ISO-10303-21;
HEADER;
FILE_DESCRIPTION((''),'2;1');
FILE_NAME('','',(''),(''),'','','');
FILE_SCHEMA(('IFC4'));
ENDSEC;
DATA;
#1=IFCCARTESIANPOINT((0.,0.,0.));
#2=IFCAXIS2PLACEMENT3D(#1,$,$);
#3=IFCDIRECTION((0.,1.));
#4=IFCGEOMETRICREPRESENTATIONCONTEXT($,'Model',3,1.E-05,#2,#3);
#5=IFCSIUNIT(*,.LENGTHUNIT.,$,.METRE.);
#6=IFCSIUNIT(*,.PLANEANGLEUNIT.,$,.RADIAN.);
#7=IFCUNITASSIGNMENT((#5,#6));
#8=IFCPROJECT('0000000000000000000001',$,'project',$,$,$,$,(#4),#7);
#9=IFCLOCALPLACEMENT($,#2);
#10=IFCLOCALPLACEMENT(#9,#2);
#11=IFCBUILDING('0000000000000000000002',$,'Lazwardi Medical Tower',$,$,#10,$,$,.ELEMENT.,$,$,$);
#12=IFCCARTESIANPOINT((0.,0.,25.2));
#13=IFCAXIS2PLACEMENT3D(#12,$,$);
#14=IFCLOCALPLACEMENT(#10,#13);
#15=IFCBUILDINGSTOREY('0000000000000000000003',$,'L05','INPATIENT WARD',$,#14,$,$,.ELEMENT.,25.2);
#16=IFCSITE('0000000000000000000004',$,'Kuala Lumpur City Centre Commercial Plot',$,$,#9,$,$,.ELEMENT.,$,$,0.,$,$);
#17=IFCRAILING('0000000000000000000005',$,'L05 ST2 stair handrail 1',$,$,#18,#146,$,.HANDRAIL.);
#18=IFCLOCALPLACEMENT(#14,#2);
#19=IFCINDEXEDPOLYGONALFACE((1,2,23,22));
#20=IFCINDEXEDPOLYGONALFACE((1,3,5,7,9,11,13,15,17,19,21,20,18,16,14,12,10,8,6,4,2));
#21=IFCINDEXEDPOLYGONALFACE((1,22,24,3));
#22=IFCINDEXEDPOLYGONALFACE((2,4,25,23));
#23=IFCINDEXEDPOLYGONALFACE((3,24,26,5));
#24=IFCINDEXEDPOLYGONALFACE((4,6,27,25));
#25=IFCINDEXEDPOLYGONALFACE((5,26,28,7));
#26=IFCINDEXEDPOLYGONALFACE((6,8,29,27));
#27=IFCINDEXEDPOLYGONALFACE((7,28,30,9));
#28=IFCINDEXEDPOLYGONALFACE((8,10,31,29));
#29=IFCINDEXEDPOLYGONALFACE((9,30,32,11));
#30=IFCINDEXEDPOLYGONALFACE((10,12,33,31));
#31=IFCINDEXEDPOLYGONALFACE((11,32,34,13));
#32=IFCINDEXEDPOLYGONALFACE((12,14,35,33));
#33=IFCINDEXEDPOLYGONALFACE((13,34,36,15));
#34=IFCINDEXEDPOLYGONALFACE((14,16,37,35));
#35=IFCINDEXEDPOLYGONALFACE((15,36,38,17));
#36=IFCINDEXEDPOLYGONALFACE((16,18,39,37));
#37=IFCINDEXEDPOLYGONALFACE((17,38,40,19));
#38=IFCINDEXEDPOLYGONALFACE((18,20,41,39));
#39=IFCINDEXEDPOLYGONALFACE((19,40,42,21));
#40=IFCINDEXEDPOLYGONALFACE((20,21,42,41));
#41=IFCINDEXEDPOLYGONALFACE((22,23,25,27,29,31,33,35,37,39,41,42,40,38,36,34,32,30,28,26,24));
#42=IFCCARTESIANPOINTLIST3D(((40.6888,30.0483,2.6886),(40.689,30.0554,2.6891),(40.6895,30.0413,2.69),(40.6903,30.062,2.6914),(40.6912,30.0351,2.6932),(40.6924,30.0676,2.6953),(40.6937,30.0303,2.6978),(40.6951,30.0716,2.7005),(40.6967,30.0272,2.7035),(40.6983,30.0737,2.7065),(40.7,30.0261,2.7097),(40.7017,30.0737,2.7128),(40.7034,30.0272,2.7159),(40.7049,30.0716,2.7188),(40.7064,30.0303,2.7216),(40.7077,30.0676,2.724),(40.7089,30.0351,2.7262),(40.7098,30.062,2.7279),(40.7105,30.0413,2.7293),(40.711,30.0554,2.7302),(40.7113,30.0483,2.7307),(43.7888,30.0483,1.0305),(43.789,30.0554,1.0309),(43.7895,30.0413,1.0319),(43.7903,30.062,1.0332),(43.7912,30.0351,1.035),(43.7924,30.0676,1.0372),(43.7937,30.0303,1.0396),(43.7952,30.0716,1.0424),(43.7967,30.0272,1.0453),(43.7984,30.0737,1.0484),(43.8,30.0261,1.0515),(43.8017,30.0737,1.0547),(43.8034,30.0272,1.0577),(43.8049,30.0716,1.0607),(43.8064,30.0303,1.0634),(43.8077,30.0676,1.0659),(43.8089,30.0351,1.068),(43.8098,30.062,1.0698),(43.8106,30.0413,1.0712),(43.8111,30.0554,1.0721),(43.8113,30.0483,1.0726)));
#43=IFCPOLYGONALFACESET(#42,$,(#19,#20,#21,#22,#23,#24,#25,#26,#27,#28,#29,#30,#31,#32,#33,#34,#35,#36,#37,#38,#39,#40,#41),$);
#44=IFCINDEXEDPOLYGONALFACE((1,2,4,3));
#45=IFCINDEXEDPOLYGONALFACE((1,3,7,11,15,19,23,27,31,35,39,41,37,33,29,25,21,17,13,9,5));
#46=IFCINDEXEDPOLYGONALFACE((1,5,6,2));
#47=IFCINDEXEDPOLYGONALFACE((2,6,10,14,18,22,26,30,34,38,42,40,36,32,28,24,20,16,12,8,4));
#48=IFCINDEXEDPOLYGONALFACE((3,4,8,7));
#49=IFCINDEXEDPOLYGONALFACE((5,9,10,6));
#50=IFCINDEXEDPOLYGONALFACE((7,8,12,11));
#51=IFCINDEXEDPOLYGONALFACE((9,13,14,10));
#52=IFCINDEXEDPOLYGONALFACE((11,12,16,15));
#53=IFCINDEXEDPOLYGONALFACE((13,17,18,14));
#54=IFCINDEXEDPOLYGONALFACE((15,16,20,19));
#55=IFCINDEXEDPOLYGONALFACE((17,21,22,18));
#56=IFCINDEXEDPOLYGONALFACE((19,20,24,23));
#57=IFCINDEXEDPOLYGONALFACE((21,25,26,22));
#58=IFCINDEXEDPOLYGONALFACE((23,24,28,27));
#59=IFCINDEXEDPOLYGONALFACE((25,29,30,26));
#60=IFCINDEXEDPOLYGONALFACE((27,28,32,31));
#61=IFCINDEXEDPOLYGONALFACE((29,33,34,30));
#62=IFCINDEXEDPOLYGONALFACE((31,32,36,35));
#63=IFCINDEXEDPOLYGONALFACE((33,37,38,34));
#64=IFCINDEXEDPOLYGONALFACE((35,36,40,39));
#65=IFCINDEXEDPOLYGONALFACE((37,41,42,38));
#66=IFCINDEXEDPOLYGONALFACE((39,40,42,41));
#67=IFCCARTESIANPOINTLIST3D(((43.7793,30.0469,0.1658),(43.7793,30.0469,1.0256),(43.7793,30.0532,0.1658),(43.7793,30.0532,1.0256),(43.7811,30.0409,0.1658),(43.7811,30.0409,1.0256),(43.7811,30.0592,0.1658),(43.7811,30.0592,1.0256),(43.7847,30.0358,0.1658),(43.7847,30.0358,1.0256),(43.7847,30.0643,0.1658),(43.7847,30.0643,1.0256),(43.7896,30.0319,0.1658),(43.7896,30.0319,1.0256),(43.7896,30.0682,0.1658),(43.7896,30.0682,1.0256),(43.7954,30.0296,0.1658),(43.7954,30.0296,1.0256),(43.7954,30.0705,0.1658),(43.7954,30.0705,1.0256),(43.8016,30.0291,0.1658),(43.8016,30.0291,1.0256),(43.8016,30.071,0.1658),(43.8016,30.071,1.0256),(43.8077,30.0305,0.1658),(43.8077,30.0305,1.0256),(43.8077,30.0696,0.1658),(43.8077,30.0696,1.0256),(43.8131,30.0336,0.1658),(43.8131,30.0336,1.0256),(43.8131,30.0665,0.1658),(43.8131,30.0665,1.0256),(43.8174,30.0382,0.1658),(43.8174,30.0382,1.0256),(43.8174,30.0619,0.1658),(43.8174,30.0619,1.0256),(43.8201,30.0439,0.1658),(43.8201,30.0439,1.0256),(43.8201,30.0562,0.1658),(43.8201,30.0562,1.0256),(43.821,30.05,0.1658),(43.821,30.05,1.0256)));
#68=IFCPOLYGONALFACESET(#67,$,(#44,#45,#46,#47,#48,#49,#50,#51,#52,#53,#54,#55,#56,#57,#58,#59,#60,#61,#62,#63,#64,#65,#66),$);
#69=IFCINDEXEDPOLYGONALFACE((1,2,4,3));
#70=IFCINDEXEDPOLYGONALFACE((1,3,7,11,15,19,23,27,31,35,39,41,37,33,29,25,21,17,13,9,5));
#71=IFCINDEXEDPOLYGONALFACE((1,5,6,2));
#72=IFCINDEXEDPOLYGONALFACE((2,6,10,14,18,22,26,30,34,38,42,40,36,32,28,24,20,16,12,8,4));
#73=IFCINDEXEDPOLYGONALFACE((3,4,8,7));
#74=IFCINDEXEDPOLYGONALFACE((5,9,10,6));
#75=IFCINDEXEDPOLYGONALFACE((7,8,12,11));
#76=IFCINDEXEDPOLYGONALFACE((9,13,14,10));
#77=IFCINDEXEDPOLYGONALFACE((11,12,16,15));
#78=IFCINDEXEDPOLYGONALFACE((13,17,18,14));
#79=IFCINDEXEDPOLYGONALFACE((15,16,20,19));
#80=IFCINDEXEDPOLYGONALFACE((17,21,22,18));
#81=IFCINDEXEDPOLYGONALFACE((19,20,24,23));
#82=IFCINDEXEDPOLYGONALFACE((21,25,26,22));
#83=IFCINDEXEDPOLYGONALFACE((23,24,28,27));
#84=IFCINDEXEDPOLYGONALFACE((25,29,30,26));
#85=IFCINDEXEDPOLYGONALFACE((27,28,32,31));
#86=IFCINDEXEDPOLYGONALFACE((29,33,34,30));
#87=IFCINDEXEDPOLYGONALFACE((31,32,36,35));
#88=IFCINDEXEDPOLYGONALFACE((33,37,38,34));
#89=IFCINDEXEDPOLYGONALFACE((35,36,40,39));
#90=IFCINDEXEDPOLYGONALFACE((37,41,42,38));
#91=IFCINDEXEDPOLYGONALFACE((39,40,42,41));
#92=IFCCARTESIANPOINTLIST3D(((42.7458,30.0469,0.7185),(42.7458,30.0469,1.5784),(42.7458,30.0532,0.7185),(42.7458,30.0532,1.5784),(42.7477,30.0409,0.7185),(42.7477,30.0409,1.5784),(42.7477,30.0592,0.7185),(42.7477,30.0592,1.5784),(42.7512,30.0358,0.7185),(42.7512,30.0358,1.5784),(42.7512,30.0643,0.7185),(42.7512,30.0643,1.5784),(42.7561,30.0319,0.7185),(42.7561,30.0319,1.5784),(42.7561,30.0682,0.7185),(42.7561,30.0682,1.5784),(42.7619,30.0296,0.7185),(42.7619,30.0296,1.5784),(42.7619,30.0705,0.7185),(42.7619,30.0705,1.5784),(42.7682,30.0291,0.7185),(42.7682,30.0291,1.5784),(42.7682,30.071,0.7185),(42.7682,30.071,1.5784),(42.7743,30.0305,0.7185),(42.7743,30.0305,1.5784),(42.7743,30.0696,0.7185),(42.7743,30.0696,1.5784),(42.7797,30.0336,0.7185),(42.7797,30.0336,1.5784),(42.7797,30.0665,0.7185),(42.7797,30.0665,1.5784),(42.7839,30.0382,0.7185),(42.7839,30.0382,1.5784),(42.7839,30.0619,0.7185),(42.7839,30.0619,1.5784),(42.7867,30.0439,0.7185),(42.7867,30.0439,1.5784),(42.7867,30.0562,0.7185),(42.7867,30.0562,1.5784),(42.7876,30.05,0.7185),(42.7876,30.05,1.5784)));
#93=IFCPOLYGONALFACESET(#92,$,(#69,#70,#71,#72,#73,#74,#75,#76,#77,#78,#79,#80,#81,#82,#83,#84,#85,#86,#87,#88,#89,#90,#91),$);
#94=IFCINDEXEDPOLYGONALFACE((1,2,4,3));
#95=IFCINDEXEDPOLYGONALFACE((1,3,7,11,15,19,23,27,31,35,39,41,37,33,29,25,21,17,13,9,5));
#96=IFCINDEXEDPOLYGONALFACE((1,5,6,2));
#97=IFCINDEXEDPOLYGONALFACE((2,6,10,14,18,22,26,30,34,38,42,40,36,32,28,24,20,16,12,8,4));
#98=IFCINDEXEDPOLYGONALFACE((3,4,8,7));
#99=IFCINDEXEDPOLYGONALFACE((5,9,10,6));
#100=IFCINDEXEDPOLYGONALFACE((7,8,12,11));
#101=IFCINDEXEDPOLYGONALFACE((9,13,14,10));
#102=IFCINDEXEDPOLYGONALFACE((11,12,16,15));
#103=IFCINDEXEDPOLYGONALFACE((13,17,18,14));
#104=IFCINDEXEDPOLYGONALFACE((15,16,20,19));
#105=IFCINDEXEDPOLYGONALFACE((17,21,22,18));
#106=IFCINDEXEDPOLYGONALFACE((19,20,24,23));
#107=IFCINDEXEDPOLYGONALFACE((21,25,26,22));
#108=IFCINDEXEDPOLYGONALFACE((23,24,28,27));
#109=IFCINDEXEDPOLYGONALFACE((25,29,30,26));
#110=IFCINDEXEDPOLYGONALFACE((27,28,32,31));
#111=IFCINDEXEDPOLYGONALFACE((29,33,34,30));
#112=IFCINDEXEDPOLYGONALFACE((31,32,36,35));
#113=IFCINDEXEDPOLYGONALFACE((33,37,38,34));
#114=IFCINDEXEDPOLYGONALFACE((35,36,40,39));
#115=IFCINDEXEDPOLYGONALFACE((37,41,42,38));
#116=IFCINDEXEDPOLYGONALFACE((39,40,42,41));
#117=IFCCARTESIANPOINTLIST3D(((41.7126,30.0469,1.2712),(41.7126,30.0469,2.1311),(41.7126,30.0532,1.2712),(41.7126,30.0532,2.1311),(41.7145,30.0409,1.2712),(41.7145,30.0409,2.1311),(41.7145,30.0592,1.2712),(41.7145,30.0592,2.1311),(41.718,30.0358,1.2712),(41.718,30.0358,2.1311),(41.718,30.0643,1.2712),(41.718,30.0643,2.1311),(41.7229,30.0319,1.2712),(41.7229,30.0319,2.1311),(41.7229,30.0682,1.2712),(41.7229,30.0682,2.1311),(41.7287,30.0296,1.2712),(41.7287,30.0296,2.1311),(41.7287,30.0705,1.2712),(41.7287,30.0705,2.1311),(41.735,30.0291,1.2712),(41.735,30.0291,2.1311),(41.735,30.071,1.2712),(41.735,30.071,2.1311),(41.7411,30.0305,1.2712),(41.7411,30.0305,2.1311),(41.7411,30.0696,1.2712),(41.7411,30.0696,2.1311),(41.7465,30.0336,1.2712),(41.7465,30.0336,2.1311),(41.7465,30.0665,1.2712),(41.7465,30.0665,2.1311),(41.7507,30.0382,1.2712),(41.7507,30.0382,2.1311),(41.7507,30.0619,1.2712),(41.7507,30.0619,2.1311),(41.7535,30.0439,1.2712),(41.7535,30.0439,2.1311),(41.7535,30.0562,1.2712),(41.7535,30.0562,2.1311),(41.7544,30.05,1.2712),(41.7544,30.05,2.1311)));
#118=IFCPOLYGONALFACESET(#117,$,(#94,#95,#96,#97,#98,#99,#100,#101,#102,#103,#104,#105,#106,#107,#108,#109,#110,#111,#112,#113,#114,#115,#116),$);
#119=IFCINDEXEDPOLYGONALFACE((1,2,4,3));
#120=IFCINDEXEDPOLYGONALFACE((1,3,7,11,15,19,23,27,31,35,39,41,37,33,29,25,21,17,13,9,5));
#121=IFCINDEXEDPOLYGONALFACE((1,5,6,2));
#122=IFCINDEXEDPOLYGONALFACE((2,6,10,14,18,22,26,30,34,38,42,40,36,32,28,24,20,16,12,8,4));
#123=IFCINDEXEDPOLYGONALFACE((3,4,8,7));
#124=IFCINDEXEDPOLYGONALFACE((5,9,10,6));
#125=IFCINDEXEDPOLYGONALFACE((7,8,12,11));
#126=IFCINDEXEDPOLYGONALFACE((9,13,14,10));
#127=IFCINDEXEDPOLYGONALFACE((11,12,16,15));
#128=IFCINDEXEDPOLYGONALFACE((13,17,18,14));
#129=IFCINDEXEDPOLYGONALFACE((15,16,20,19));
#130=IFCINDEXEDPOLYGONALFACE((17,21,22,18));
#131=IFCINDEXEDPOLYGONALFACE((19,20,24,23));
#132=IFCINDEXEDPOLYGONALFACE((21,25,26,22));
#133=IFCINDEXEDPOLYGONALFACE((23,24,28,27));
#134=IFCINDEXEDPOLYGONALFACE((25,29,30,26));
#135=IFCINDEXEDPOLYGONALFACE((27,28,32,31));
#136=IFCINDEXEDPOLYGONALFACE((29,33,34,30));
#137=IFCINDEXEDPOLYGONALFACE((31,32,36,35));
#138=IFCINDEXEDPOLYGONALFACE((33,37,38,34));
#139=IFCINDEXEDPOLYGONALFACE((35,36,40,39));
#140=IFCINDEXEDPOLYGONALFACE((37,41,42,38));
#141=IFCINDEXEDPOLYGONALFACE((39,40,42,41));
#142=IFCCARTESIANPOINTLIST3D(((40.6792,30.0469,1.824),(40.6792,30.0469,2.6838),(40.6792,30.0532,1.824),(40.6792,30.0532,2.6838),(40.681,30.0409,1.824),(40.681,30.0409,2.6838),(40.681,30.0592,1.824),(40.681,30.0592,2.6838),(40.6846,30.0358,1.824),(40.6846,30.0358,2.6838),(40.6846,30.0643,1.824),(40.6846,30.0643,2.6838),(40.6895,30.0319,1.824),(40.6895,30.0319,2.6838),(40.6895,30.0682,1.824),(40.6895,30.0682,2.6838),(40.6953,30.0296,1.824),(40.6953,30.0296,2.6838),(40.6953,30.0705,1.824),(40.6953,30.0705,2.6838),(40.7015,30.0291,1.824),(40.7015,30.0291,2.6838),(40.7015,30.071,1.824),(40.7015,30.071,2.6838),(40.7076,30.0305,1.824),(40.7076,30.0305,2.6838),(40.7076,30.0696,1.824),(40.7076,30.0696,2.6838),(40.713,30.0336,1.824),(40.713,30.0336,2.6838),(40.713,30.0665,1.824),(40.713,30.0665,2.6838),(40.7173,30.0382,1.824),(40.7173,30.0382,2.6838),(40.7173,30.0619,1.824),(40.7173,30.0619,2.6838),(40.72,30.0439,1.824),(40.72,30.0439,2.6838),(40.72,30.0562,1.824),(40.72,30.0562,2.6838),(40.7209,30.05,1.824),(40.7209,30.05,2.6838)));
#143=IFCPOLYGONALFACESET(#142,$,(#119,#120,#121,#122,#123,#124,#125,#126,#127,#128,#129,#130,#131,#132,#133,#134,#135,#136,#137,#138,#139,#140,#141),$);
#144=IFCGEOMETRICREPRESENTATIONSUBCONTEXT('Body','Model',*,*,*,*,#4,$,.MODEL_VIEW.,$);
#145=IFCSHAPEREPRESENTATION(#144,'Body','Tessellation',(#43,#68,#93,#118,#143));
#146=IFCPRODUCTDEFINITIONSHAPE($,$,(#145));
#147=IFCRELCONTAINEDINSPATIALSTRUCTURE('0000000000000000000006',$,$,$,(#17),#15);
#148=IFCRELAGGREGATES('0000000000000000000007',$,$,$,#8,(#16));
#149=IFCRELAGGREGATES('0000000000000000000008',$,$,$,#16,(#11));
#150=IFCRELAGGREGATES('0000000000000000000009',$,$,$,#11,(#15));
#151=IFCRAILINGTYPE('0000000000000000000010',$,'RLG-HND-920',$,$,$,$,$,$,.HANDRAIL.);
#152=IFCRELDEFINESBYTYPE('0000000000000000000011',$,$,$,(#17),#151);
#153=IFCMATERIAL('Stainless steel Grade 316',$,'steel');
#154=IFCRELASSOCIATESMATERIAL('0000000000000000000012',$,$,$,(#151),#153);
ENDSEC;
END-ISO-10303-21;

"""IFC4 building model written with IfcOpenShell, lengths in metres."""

from ifc_helpers import new_model, si_unit, direction, frame, origin, origin_2d, place, context, subcontext, project, spatial, circle, extrude, material, type_object, element, save


model = new_model("IFC4")

# Units and contexts
model_context = context("Model", 3, precision=1e-05, world=origin(), true_north=direction((0.0, 1.0)))
body_context = subcontext(model_context, "Body", "Model", "MODEL_VIEW")
ifc_project = project(units=[si_unit("LENGTHUNIT", "METRE"), si_unit("PLANEANGLEUNIT", "RADIAN")], contexts=[model_context])

# Site, building, storey
site_placement = place(None, origin())
site = spatial("IfcSite", under=ifc_project, at=site_placement, Name="Kuala Lumpur City Centre Commercial Plot", CompositionType="ELEMENT", RefElevation=0.0)
building_placement = place(site_placement, origin())
building = spatial("IfcBuilding", under=site, at=building_placement, Name="Lazwardi Medical Tower", CompositionType="ELEMENT")
storey_placement = place(building_placement, frame((0.0, 0.0, 25.2)))
storey = spatial("IfcBuildingStorey", under=building, at=storey_placement, Name="L05", Description="INPATIENT WARD", CompositionType="ELEMENT", Elevation=25.2)

# Railing
ifc_material_1 = material(Name="Stainless steel Grade 316", Category="steel")
railing_type_1 = type_object("IfcRailingType", Name="RLG-HND-920", PredefinedType="HANDRAIL", material=ifc_material_1)
railing_1_placement = place(storey_placement, frame((43.8, 30.05, 0.1658)))
element("IfcRailing", 1, at=railing_1_placement, inside=storey, type_object=railing_type_1, Name="L05 ST2 stair handrail 1", PredefinedType="HANDRAIL", context=body_context, shape_type="SweptSolid", body=[
    extrude(circle(Radius=0.0239, at=origin_2d()), frame((0.0, 0.0, 0.8857), z_axis=(-0.881783, 0.0, 0.471655), x_axis=(0.0, -1.0, 0.0)), (0.0, 0.0, 1.0), 3.5156),
    extrude(circle(Radius=0.021, at=origin_2d()), origin(), (0.0, 0.0, 1.0), 0.8599),
    extrude(circle(Radius=0.021, at=origin_2d()), frame((-1.0334, 0.0, 0.5527)), (0.0, 0.0, 1.0), 0.8599),
    extrude(circle(Radius=0.021, at=origin_2d()), frame((-2.0667, 0.0, 1.1055)), (0.0, 0.0, 1.0), 0.8599),
    extrude(circle(Radius=0.021, at=origin_2d()), frame((-3.1001, 0.0, 1.6582)), (0.0, 0.0, 1.0), 0.8599),
])

save(model, "model.ifc")
